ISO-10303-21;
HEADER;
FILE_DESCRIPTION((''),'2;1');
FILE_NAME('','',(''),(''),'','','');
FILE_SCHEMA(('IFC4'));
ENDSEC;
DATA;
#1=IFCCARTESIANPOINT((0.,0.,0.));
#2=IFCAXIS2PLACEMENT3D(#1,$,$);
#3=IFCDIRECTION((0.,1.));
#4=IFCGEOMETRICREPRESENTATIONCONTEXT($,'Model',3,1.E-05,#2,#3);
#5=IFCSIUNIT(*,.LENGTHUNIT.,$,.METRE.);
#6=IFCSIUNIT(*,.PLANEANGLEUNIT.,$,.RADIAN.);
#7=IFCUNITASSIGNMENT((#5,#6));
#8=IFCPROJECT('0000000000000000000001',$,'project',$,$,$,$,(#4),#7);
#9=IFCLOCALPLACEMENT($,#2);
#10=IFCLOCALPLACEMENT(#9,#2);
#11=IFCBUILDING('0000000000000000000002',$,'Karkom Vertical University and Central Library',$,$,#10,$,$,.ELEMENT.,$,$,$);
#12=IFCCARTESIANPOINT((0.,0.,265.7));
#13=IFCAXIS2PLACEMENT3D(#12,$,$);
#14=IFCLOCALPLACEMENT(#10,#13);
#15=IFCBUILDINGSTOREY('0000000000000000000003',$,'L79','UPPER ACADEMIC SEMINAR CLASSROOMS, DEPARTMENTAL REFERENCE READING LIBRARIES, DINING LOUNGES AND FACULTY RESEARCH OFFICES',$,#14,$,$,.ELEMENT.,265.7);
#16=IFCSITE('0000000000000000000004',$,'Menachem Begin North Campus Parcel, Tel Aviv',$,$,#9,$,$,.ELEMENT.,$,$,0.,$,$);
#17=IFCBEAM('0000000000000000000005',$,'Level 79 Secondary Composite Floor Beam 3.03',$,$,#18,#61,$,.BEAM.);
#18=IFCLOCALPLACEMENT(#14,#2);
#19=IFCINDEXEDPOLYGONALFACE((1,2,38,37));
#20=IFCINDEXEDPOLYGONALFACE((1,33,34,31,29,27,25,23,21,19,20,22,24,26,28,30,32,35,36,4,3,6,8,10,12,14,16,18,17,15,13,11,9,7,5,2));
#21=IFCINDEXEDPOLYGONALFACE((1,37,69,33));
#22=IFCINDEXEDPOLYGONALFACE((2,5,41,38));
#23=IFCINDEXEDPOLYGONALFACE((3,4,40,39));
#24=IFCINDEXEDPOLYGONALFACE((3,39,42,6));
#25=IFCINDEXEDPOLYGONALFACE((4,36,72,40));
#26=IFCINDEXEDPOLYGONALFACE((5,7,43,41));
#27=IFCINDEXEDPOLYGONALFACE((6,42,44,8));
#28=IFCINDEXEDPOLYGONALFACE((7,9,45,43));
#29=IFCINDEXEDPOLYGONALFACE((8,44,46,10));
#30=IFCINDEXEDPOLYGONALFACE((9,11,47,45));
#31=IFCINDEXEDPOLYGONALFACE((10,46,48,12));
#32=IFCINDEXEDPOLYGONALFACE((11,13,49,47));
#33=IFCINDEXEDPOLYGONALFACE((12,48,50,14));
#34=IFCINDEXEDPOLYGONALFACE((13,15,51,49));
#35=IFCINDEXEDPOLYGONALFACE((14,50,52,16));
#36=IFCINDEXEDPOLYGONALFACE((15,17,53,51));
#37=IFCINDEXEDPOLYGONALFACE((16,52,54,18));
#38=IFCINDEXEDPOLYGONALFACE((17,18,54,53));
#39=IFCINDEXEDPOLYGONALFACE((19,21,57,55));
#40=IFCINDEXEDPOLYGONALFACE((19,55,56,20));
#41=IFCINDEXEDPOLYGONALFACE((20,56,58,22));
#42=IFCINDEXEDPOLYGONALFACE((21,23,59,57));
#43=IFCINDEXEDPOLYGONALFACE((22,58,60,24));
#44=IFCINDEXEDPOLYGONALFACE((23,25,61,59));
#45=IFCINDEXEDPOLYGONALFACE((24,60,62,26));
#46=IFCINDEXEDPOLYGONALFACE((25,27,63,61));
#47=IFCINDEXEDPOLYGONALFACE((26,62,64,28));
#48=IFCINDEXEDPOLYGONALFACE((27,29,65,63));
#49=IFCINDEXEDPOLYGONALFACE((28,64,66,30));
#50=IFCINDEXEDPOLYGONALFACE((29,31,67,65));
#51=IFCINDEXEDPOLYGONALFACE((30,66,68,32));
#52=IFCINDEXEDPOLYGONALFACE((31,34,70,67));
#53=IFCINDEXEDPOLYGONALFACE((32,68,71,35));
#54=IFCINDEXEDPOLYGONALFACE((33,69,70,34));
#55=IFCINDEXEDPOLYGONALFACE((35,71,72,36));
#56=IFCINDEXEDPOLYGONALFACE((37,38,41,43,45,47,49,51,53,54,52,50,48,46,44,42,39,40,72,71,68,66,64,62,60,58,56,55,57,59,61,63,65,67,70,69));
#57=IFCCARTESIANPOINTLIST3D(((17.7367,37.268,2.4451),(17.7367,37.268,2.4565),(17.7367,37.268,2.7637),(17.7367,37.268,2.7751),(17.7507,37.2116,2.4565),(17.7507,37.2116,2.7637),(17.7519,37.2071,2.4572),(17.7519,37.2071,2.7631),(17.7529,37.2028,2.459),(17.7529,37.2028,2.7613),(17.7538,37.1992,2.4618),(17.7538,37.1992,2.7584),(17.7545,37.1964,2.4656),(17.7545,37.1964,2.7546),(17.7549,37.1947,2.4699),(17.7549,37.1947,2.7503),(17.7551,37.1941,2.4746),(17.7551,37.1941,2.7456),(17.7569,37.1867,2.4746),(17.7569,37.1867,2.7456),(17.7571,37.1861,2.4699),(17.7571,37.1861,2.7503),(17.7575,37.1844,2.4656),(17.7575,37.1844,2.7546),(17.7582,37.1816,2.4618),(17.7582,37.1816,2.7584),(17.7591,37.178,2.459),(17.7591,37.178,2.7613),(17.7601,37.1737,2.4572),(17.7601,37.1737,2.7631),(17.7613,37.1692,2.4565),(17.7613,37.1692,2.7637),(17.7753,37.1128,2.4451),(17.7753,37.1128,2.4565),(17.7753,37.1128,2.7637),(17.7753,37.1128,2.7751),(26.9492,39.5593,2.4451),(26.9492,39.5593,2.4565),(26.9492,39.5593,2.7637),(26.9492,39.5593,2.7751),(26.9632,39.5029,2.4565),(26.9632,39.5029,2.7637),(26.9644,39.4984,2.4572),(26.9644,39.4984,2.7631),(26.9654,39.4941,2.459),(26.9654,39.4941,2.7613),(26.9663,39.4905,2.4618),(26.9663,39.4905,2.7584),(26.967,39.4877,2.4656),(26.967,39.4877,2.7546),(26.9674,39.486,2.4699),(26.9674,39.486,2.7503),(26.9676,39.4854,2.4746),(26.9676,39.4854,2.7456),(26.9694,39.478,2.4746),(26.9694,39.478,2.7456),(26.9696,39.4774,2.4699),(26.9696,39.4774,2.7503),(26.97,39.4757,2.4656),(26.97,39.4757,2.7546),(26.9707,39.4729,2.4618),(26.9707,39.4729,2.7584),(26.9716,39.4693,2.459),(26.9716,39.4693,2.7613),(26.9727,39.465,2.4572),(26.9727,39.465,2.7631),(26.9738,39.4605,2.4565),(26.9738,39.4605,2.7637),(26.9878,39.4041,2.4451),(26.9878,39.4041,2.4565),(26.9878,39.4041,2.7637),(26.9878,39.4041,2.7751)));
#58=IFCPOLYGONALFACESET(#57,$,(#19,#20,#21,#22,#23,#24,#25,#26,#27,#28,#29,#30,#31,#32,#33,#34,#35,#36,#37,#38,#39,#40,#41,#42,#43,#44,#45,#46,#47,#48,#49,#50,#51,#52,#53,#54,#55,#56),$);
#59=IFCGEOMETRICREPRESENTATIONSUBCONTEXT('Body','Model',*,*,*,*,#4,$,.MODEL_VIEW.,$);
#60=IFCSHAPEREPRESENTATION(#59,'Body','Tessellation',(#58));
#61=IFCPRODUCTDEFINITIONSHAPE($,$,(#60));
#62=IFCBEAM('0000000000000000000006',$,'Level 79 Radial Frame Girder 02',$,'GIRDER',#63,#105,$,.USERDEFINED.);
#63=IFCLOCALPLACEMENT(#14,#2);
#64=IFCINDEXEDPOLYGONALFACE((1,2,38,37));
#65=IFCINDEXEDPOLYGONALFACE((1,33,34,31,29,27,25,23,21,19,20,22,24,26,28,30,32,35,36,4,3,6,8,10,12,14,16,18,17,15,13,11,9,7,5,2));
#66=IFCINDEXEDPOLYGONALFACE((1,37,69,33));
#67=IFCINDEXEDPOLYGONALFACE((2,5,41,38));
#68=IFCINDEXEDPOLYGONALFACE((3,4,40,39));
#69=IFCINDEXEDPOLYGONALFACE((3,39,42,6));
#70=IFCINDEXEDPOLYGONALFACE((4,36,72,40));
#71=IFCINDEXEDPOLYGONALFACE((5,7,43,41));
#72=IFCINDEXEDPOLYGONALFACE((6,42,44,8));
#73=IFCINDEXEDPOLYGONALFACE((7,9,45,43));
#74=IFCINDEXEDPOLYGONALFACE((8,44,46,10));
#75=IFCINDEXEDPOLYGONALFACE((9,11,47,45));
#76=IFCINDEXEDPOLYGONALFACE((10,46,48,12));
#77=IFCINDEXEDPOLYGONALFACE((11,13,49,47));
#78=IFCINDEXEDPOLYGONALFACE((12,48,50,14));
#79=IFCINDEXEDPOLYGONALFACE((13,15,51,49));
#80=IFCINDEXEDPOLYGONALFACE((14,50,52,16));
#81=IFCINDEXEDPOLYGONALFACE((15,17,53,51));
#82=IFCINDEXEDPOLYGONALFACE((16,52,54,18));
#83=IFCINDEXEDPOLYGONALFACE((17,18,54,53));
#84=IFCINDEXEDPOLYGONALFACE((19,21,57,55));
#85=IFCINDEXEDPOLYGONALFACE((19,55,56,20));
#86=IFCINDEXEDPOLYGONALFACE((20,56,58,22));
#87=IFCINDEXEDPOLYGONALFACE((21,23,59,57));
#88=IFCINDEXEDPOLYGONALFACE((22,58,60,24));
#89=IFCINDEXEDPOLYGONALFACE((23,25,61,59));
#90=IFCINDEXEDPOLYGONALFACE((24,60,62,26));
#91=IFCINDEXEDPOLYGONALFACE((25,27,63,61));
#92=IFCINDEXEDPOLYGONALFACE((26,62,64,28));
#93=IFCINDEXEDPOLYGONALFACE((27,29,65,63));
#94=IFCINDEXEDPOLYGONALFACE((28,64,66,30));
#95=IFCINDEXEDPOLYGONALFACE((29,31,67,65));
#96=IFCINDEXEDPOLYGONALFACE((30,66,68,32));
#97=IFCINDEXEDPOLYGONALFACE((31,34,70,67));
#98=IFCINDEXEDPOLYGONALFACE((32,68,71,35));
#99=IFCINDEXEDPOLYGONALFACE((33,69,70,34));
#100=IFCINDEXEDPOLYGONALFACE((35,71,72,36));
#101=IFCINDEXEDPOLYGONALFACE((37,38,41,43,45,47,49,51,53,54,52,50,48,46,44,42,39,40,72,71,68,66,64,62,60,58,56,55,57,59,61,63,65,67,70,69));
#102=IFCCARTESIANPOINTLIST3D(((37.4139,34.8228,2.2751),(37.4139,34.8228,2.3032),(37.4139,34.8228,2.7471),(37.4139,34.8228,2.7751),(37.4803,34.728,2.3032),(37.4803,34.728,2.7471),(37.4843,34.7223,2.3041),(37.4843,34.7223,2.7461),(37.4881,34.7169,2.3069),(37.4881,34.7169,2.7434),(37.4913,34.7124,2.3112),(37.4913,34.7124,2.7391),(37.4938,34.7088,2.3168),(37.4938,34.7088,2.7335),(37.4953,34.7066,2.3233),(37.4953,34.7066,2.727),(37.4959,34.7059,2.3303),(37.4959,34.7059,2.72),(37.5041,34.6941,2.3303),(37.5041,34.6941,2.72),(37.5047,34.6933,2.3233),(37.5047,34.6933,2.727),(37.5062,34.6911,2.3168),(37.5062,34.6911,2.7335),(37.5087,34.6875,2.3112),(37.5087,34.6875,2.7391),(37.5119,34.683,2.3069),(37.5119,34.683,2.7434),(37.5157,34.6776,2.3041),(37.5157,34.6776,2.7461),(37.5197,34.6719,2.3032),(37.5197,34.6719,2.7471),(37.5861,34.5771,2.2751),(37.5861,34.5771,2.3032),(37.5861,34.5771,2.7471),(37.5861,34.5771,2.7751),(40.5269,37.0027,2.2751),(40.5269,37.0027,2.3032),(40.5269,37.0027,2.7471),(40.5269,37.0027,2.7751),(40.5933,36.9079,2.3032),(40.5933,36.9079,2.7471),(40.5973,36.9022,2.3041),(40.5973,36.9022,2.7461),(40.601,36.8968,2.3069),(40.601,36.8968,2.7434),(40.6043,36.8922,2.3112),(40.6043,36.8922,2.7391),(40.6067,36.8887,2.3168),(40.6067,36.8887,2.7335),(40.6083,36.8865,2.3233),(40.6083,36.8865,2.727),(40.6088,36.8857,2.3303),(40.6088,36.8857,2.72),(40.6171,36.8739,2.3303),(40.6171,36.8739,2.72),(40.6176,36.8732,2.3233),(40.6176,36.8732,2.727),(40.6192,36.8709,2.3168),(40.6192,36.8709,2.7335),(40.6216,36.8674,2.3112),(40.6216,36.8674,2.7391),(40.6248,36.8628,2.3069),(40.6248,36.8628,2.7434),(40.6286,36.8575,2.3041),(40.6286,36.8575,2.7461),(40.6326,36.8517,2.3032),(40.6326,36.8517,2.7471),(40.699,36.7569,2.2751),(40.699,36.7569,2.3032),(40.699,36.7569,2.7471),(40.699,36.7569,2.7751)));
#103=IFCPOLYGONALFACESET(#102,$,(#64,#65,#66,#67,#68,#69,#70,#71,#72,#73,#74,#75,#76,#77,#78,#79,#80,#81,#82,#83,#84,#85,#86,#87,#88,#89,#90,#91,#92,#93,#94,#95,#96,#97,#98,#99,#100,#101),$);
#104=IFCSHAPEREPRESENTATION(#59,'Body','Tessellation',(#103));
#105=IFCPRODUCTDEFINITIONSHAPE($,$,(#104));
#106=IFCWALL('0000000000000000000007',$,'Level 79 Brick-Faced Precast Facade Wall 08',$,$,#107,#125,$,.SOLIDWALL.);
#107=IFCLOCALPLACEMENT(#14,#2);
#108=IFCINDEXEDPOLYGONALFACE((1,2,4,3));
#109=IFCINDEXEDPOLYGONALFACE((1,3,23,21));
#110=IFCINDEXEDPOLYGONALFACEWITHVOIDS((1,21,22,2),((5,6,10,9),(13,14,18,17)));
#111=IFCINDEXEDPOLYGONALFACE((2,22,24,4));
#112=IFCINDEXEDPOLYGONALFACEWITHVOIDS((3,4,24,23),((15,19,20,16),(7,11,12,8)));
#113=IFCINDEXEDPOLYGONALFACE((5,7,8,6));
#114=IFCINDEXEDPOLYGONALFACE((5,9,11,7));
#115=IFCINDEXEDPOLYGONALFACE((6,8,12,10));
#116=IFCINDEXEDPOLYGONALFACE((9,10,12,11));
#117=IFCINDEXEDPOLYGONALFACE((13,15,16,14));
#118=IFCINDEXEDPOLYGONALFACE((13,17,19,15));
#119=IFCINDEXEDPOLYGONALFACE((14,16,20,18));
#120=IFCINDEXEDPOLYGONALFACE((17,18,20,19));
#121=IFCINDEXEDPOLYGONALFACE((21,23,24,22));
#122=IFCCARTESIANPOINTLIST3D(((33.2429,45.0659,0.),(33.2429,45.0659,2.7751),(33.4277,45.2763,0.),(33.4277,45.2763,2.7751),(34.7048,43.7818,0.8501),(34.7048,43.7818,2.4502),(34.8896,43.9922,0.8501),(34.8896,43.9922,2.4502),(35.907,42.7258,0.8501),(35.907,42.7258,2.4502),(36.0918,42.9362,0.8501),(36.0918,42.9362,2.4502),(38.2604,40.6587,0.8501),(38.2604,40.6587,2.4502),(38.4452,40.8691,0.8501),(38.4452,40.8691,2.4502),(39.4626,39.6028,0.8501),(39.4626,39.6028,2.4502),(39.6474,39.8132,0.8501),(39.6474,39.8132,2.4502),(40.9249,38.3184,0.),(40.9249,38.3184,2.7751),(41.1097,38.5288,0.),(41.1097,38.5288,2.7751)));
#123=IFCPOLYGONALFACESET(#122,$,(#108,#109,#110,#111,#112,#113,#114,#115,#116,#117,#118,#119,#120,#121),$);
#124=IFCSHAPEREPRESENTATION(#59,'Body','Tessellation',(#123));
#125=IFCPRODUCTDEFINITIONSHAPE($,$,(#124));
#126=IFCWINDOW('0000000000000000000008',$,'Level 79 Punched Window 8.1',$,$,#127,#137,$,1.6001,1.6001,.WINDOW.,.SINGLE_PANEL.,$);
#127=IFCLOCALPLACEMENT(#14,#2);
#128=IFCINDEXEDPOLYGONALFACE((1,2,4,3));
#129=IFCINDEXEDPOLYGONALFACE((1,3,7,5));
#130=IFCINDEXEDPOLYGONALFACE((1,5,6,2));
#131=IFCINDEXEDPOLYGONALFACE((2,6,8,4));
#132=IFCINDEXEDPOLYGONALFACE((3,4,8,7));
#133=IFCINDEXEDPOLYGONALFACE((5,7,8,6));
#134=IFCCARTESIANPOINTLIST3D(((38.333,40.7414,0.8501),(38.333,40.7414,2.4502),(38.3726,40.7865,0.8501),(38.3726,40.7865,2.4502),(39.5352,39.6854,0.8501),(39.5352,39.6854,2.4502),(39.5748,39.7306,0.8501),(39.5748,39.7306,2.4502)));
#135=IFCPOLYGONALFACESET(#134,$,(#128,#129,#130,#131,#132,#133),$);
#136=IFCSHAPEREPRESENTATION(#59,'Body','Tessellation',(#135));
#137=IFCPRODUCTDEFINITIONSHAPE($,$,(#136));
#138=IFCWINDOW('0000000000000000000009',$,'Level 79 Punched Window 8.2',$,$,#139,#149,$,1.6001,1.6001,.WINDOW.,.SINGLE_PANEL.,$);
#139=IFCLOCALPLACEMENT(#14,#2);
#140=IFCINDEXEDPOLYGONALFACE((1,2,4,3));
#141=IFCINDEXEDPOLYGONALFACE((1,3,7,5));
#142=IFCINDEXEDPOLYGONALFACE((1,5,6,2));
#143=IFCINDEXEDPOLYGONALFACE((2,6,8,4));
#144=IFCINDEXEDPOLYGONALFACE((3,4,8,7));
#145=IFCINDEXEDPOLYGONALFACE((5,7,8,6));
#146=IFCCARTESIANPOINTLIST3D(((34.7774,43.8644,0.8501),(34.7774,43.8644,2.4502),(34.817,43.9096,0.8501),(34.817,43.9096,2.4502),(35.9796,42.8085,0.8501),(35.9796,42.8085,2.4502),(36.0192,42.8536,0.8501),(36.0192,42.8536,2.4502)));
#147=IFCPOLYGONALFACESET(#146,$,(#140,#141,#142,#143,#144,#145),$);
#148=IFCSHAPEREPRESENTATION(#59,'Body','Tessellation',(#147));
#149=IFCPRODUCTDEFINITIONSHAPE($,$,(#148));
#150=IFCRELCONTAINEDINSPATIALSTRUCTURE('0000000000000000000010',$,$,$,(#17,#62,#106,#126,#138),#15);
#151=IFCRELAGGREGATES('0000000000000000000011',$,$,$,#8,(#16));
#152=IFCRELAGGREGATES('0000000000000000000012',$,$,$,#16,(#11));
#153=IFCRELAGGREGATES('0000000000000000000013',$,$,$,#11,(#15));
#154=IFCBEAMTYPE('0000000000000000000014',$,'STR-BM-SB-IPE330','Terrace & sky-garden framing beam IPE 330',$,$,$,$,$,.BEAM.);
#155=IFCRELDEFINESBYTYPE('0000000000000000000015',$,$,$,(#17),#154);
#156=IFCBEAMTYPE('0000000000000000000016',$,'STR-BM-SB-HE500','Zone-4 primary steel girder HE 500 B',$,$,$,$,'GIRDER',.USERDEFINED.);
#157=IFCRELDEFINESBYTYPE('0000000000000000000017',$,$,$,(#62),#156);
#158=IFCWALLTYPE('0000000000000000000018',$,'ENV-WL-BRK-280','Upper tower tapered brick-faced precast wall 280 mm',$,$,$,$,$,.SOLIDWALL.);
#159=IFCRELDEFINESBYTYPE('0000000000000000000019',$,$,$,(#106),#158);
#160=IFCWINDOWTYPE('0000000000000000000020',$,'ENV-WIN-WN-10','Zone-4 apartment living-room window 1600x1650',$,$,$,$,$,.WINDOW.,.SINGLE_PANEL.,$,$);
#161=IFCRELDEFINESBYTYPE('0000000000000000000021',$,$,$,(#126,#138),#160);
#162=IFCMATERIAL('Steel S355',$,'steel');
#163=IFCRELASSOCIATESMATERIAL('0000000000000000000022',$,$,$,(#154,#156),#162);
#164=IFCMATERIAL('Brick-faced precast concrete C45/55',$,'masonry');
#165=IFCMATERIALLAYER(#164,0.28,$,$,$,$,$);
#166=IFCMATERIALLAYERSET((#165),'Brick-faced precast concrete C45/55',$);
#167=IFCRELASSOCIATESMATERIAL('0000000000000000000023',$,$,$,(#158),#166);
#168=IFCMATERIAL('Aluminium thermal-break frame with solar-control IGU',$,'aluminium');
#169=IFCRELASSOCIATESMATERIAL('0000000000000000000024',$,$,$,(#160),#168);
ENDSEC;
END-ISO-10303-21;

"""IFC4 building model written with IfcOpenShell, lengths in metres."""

from ifc_helpers import new_model, si_unit, direction, frame, frame_2d, origin, origin_with_axes, origin_2d, place, context, subcontext, project, spatial, rectangle, i_section, extrude, source, transform, mapped, material, layer, layer_set, material_profile, profile_set, type_object, element, fill, save


model = new_model("IFC4")

# Units and contexts
model_context = context("Model", 3, precision=1e-05, world=origin(), true_north=direction((0.0, 1.0)))
body_context = subcontext(model_context, "Body", "Model", "MODEL_VIEW")
ifc_project = project(units=[si_unit("LENGTHUNIT", "METRE"), si_unit("PLANEANGLEUNIT", "RADIAN")], contexts=[model_context])

# Site, building, storey
site_placement = place(None, origin())
site = spatial("IfcSite", under=ifc_project, at=site_placement, Name="Menachem Begin North Campus Parcel, Tel Aviv", CompositionType="ELEMENT", RefElevation=0.0)
building_placement = place(site_placement, origin())
building = spatial("IfcBuilding", under=site, at=building_placement, Name="Karkom Vertical University and Central Library", CompositionType="ELEMENT")
storey_placement = place(building_placement, frame((0.0, 0.0, 265.7)))
storey = spatial("IfcBuildingStorey", under=building, at=storey_placement, Name="L79", Description="UPPER ACADEMIC SEMINAR CLASSROOMS, DEPARTMENTAL REFERENCE READING LIBRARIES, DINING LOUNGES AND FACULTY RESEARCH OFFICES", CompositionType="ELEMENT", Elevation=265.7)

# Beams
ifc_material_1 = material(Name="Steel S355", Category="steel")
ifc_material_profile_1 = material_profile(ifc_material_1, i_section(OverallWidth=0.1599, OverallDepth=0.3301, WebThickness=0.0076, FlangeThickness=0.0115, FilletRadius=0.0181, at=origin_2d()), Name="IPE 330")
ifc_profile_set_1 = profile_set([ifc_material_profile_1], Name="Steel S355")
beam_type_1 = type_object("IfcBeamType", Name="STR-BM-SB-IPE330", Description="Terrace & sky-garden framing beam IPE 330", PredefinedType="BEAM", material=ifc_profile_set_1)
shared_shape_1 = source(origin_with_axes(), body_context, "Body", "SweptSolid", [
    extrude(i_section(OverallWidth=0.1599, OverallDepth=0.3301, WebThickness=0.0076, FlangeThickness=0.0115, FilletRadius=0.0181, at=origin_2d()), origin(), (0.0, 0.0, 1.0), 9.4932),
])
beam_1_placement = place(storey_placement, frame((26.9685, 39.4817, 2.6101), z_axis=(-0.970435, -0.241362, 0.0), x_axis=(0.241362, -0.970435, 0.0)))
element("IfcBeam", 1, at=beam_1_placement, inside=storey, type_object=beam_type_1, Name="Level 79 Secondary Composite Floor Beam 3.03", PredefinedType="BEAM", context=body_context, shape_type="MappedRepresentation", body=[
    mapped(shared_shape_1, transform((0.0, 0.0, 0.0), scale=1.0)),
])
ifc_material_profile_2 = material_profile(ifc_material_1, i_section(OverallWidth=0.3, OverallDepth=0.5, WebThickness=0.0144, FlangeThickness=0.0281, FilletRadius=0.0271, at=origin_2d()), Name="HE 500 B")
ifc_profile_set_2 = profile_set([ifc_material_profile_2], Name="Steel S355")
beam_type_2 = type_object("IfcBeamType", Name="STR-BM-SB-HE500", Description="Zone-4 primary steel girder HE 500 B", ElementType="GIRDER", PredefinedType="USERDEFINED", material=ifc_profile_set_2)
shared_shape_2 = source(origin_with_axes(), body_context, "Body", "SweptSolid", [
    extrude(i_section(OverallWidth=0.3, OverallDepth=0.5, WebThickness=0.0144, FlangeThickness=0.0281, FilletRadius=0.0271, at=origin_2d()), origin(), (0.0, 0.0, 1.0), 3.8003),
])
beam_2_placement = place(storey_placement, frame((37.5, 34.7, 2.5251), z_axis=(0.819132, 0.573605, 0.0), x_axis=(-0.573605, 0.819132, 0.0)))
element("IfcBeam", 2, at=beam_2_placement, inside=storey, type_object=beam_type_2, Name="Level 79 Radial Frame Girder 02", ObjectType="GIRDER", PredefinedType="USERDEFINED", context=body_context, shape_type="MappedRepresentation", body=[
    mapped(shared_shape_2, transform((0.0, 0.0, 0.0), scale=1.0)),
])

# Wall, openings, windows
ifc_material_2 = material(Name="Brick-faced precast concrete C45/55", Category="masonry")
ifc_layer_1 = layer(ifc_material_2, 0.28)
ifc_layer_set_1 = layer_set([ifc_layer_1], Name="Brick-faced precast concrete C45/55")
wall_type_1 = type_object("IfcWallType", Name="ENV-WL-BRK-280", Description="Upper tower tapered brick-faced precast wall 280 mm", PredefinedType="SOLIDWALL", material=ifc_layer_set_1)
wall_1_placement = place(storey_placement, frame((41.0173, 38.4236, 0.0), z_axis=(0.0, 0.0, 1.0), x_axis=(-0.75133, 0.659927, 0.0)))
wall_1 = element("IfcWall", 3, at=wall_1_placement, inside=storey, type_object=wall_type_1, Name="Level 79 Brick-Faced Precast Facade Wall 08", PredefinedType="SOLIDWALL", context=body_context, shape_type="SweptSolid", body=[
    extrude(rectangle(XDim=10.2246, YDim=0.28, at=frame_2d((5.1123, 0.0))), origin(), (0.0, 0.0, 1.0), 2.7751),
])
opening_1_placement = place(wall_1_placement, frame((1.9463, 0.0, 0.8501)))
opening_1 = element("IfcOpeningElement", 4, at=opening_1_placement, cuts=wall_1, PredefinedType="OPENING", context=body_context, shape_type="SweptSolid", body=[
    extrude(rectangle(XDim=1.6001, YDim=1.6001, at=frame_2d((0.8, 0.8))), frame((0.0, 0.1499, 0.0), z_axis=(0.0, -1.0, 0.0), x_axis=(1.0, 0.0, 0.0)), (0.0, 0.0, 1.0), 0.3),
])
opening_2_placement = place(wall_1_placement, frame((6.6787, 0.0, 0.8501)))
opening_2 = element("IfcOpeningElement", 5, at=opening_2_placement, cuts=wall_1, PredefinedType="OPENING", context=body_context, shape_type="SweptSolid", body=[
    extrude(rectangle(XDim=1.6001, YDim=1.6001, at=frame_2d((0.8, 0.8))), frame((0.0, 0.1499, 0.0), z_axis=(0.0, -1.0, 0.0), x_axis=(1.0, 0.0, 0.0)), (0.0, 0.0, 1.0), 0.3),
])
ifc_material_3 = material(Name="Aluminium thermal-break frame with solar-control IGU", Category="aluminium")
window_type = type_object("IfcWindowType", Name="ENV-WIN-WN-10", Description="Zone-4 apartment living-room window 1600x1650", PartitioningType="SINGLE_PANEL", PredefinedType="WINDOW", material=ifc_material_3)
shared_shape_3 = source(origin_with_axes(), body_context, "Body", "SweptSolid", [
    extrude(rectangle(XDim=1.6001, YDim=1.6001, at=frame_2d((0.8, 0.8))), frame((0.0, 0.03, 0.0), z_axis=(0.0, -1.0, 0.0), x_axis=(1.0, 0.0, 0.0)), (0.0, 0.0, 1.0), 0.0601),
])
window_1_placement = place(opening_1_placement, origin())
window_1 = element("IfcWindow", 6, at=window_1_placement, inside=storey, type_object=window_type, Name="Level 79 Punched Window 8.1", OverallHeight=1.6001, OverallWidth=1.6001, PartitioningType="SINGLE_PANEL", PredefinedType="WINDOW", context=body_context, shape_type="MappedRepresentation", body=[
    mapped(shared_shape_3, transform((0.0, 0.0, 0.0), scale=1.0)),
])
fill(opening_1, window_1)
window_2_placement = place(opening_2_placement, origin())
window_2 = element("IfcWindow", 7, at=window_2_placement, inside=storey, type_object=window_type, Name="Level 79 Punched Window 8.2", OverallHeight=1.6001, OverallWidth=1.6001, PartitioningType="SINGLE_PANEL", PredefinedType="WINDOW", context=body_context, shape_type="MappedRepresentation", body=[
    mapped(shared_shape_3, transform((0.0, 0.0, 0.0), scale=1.0)),
])
fill(opening_2, window_2)

save(model, "model.ifc")
